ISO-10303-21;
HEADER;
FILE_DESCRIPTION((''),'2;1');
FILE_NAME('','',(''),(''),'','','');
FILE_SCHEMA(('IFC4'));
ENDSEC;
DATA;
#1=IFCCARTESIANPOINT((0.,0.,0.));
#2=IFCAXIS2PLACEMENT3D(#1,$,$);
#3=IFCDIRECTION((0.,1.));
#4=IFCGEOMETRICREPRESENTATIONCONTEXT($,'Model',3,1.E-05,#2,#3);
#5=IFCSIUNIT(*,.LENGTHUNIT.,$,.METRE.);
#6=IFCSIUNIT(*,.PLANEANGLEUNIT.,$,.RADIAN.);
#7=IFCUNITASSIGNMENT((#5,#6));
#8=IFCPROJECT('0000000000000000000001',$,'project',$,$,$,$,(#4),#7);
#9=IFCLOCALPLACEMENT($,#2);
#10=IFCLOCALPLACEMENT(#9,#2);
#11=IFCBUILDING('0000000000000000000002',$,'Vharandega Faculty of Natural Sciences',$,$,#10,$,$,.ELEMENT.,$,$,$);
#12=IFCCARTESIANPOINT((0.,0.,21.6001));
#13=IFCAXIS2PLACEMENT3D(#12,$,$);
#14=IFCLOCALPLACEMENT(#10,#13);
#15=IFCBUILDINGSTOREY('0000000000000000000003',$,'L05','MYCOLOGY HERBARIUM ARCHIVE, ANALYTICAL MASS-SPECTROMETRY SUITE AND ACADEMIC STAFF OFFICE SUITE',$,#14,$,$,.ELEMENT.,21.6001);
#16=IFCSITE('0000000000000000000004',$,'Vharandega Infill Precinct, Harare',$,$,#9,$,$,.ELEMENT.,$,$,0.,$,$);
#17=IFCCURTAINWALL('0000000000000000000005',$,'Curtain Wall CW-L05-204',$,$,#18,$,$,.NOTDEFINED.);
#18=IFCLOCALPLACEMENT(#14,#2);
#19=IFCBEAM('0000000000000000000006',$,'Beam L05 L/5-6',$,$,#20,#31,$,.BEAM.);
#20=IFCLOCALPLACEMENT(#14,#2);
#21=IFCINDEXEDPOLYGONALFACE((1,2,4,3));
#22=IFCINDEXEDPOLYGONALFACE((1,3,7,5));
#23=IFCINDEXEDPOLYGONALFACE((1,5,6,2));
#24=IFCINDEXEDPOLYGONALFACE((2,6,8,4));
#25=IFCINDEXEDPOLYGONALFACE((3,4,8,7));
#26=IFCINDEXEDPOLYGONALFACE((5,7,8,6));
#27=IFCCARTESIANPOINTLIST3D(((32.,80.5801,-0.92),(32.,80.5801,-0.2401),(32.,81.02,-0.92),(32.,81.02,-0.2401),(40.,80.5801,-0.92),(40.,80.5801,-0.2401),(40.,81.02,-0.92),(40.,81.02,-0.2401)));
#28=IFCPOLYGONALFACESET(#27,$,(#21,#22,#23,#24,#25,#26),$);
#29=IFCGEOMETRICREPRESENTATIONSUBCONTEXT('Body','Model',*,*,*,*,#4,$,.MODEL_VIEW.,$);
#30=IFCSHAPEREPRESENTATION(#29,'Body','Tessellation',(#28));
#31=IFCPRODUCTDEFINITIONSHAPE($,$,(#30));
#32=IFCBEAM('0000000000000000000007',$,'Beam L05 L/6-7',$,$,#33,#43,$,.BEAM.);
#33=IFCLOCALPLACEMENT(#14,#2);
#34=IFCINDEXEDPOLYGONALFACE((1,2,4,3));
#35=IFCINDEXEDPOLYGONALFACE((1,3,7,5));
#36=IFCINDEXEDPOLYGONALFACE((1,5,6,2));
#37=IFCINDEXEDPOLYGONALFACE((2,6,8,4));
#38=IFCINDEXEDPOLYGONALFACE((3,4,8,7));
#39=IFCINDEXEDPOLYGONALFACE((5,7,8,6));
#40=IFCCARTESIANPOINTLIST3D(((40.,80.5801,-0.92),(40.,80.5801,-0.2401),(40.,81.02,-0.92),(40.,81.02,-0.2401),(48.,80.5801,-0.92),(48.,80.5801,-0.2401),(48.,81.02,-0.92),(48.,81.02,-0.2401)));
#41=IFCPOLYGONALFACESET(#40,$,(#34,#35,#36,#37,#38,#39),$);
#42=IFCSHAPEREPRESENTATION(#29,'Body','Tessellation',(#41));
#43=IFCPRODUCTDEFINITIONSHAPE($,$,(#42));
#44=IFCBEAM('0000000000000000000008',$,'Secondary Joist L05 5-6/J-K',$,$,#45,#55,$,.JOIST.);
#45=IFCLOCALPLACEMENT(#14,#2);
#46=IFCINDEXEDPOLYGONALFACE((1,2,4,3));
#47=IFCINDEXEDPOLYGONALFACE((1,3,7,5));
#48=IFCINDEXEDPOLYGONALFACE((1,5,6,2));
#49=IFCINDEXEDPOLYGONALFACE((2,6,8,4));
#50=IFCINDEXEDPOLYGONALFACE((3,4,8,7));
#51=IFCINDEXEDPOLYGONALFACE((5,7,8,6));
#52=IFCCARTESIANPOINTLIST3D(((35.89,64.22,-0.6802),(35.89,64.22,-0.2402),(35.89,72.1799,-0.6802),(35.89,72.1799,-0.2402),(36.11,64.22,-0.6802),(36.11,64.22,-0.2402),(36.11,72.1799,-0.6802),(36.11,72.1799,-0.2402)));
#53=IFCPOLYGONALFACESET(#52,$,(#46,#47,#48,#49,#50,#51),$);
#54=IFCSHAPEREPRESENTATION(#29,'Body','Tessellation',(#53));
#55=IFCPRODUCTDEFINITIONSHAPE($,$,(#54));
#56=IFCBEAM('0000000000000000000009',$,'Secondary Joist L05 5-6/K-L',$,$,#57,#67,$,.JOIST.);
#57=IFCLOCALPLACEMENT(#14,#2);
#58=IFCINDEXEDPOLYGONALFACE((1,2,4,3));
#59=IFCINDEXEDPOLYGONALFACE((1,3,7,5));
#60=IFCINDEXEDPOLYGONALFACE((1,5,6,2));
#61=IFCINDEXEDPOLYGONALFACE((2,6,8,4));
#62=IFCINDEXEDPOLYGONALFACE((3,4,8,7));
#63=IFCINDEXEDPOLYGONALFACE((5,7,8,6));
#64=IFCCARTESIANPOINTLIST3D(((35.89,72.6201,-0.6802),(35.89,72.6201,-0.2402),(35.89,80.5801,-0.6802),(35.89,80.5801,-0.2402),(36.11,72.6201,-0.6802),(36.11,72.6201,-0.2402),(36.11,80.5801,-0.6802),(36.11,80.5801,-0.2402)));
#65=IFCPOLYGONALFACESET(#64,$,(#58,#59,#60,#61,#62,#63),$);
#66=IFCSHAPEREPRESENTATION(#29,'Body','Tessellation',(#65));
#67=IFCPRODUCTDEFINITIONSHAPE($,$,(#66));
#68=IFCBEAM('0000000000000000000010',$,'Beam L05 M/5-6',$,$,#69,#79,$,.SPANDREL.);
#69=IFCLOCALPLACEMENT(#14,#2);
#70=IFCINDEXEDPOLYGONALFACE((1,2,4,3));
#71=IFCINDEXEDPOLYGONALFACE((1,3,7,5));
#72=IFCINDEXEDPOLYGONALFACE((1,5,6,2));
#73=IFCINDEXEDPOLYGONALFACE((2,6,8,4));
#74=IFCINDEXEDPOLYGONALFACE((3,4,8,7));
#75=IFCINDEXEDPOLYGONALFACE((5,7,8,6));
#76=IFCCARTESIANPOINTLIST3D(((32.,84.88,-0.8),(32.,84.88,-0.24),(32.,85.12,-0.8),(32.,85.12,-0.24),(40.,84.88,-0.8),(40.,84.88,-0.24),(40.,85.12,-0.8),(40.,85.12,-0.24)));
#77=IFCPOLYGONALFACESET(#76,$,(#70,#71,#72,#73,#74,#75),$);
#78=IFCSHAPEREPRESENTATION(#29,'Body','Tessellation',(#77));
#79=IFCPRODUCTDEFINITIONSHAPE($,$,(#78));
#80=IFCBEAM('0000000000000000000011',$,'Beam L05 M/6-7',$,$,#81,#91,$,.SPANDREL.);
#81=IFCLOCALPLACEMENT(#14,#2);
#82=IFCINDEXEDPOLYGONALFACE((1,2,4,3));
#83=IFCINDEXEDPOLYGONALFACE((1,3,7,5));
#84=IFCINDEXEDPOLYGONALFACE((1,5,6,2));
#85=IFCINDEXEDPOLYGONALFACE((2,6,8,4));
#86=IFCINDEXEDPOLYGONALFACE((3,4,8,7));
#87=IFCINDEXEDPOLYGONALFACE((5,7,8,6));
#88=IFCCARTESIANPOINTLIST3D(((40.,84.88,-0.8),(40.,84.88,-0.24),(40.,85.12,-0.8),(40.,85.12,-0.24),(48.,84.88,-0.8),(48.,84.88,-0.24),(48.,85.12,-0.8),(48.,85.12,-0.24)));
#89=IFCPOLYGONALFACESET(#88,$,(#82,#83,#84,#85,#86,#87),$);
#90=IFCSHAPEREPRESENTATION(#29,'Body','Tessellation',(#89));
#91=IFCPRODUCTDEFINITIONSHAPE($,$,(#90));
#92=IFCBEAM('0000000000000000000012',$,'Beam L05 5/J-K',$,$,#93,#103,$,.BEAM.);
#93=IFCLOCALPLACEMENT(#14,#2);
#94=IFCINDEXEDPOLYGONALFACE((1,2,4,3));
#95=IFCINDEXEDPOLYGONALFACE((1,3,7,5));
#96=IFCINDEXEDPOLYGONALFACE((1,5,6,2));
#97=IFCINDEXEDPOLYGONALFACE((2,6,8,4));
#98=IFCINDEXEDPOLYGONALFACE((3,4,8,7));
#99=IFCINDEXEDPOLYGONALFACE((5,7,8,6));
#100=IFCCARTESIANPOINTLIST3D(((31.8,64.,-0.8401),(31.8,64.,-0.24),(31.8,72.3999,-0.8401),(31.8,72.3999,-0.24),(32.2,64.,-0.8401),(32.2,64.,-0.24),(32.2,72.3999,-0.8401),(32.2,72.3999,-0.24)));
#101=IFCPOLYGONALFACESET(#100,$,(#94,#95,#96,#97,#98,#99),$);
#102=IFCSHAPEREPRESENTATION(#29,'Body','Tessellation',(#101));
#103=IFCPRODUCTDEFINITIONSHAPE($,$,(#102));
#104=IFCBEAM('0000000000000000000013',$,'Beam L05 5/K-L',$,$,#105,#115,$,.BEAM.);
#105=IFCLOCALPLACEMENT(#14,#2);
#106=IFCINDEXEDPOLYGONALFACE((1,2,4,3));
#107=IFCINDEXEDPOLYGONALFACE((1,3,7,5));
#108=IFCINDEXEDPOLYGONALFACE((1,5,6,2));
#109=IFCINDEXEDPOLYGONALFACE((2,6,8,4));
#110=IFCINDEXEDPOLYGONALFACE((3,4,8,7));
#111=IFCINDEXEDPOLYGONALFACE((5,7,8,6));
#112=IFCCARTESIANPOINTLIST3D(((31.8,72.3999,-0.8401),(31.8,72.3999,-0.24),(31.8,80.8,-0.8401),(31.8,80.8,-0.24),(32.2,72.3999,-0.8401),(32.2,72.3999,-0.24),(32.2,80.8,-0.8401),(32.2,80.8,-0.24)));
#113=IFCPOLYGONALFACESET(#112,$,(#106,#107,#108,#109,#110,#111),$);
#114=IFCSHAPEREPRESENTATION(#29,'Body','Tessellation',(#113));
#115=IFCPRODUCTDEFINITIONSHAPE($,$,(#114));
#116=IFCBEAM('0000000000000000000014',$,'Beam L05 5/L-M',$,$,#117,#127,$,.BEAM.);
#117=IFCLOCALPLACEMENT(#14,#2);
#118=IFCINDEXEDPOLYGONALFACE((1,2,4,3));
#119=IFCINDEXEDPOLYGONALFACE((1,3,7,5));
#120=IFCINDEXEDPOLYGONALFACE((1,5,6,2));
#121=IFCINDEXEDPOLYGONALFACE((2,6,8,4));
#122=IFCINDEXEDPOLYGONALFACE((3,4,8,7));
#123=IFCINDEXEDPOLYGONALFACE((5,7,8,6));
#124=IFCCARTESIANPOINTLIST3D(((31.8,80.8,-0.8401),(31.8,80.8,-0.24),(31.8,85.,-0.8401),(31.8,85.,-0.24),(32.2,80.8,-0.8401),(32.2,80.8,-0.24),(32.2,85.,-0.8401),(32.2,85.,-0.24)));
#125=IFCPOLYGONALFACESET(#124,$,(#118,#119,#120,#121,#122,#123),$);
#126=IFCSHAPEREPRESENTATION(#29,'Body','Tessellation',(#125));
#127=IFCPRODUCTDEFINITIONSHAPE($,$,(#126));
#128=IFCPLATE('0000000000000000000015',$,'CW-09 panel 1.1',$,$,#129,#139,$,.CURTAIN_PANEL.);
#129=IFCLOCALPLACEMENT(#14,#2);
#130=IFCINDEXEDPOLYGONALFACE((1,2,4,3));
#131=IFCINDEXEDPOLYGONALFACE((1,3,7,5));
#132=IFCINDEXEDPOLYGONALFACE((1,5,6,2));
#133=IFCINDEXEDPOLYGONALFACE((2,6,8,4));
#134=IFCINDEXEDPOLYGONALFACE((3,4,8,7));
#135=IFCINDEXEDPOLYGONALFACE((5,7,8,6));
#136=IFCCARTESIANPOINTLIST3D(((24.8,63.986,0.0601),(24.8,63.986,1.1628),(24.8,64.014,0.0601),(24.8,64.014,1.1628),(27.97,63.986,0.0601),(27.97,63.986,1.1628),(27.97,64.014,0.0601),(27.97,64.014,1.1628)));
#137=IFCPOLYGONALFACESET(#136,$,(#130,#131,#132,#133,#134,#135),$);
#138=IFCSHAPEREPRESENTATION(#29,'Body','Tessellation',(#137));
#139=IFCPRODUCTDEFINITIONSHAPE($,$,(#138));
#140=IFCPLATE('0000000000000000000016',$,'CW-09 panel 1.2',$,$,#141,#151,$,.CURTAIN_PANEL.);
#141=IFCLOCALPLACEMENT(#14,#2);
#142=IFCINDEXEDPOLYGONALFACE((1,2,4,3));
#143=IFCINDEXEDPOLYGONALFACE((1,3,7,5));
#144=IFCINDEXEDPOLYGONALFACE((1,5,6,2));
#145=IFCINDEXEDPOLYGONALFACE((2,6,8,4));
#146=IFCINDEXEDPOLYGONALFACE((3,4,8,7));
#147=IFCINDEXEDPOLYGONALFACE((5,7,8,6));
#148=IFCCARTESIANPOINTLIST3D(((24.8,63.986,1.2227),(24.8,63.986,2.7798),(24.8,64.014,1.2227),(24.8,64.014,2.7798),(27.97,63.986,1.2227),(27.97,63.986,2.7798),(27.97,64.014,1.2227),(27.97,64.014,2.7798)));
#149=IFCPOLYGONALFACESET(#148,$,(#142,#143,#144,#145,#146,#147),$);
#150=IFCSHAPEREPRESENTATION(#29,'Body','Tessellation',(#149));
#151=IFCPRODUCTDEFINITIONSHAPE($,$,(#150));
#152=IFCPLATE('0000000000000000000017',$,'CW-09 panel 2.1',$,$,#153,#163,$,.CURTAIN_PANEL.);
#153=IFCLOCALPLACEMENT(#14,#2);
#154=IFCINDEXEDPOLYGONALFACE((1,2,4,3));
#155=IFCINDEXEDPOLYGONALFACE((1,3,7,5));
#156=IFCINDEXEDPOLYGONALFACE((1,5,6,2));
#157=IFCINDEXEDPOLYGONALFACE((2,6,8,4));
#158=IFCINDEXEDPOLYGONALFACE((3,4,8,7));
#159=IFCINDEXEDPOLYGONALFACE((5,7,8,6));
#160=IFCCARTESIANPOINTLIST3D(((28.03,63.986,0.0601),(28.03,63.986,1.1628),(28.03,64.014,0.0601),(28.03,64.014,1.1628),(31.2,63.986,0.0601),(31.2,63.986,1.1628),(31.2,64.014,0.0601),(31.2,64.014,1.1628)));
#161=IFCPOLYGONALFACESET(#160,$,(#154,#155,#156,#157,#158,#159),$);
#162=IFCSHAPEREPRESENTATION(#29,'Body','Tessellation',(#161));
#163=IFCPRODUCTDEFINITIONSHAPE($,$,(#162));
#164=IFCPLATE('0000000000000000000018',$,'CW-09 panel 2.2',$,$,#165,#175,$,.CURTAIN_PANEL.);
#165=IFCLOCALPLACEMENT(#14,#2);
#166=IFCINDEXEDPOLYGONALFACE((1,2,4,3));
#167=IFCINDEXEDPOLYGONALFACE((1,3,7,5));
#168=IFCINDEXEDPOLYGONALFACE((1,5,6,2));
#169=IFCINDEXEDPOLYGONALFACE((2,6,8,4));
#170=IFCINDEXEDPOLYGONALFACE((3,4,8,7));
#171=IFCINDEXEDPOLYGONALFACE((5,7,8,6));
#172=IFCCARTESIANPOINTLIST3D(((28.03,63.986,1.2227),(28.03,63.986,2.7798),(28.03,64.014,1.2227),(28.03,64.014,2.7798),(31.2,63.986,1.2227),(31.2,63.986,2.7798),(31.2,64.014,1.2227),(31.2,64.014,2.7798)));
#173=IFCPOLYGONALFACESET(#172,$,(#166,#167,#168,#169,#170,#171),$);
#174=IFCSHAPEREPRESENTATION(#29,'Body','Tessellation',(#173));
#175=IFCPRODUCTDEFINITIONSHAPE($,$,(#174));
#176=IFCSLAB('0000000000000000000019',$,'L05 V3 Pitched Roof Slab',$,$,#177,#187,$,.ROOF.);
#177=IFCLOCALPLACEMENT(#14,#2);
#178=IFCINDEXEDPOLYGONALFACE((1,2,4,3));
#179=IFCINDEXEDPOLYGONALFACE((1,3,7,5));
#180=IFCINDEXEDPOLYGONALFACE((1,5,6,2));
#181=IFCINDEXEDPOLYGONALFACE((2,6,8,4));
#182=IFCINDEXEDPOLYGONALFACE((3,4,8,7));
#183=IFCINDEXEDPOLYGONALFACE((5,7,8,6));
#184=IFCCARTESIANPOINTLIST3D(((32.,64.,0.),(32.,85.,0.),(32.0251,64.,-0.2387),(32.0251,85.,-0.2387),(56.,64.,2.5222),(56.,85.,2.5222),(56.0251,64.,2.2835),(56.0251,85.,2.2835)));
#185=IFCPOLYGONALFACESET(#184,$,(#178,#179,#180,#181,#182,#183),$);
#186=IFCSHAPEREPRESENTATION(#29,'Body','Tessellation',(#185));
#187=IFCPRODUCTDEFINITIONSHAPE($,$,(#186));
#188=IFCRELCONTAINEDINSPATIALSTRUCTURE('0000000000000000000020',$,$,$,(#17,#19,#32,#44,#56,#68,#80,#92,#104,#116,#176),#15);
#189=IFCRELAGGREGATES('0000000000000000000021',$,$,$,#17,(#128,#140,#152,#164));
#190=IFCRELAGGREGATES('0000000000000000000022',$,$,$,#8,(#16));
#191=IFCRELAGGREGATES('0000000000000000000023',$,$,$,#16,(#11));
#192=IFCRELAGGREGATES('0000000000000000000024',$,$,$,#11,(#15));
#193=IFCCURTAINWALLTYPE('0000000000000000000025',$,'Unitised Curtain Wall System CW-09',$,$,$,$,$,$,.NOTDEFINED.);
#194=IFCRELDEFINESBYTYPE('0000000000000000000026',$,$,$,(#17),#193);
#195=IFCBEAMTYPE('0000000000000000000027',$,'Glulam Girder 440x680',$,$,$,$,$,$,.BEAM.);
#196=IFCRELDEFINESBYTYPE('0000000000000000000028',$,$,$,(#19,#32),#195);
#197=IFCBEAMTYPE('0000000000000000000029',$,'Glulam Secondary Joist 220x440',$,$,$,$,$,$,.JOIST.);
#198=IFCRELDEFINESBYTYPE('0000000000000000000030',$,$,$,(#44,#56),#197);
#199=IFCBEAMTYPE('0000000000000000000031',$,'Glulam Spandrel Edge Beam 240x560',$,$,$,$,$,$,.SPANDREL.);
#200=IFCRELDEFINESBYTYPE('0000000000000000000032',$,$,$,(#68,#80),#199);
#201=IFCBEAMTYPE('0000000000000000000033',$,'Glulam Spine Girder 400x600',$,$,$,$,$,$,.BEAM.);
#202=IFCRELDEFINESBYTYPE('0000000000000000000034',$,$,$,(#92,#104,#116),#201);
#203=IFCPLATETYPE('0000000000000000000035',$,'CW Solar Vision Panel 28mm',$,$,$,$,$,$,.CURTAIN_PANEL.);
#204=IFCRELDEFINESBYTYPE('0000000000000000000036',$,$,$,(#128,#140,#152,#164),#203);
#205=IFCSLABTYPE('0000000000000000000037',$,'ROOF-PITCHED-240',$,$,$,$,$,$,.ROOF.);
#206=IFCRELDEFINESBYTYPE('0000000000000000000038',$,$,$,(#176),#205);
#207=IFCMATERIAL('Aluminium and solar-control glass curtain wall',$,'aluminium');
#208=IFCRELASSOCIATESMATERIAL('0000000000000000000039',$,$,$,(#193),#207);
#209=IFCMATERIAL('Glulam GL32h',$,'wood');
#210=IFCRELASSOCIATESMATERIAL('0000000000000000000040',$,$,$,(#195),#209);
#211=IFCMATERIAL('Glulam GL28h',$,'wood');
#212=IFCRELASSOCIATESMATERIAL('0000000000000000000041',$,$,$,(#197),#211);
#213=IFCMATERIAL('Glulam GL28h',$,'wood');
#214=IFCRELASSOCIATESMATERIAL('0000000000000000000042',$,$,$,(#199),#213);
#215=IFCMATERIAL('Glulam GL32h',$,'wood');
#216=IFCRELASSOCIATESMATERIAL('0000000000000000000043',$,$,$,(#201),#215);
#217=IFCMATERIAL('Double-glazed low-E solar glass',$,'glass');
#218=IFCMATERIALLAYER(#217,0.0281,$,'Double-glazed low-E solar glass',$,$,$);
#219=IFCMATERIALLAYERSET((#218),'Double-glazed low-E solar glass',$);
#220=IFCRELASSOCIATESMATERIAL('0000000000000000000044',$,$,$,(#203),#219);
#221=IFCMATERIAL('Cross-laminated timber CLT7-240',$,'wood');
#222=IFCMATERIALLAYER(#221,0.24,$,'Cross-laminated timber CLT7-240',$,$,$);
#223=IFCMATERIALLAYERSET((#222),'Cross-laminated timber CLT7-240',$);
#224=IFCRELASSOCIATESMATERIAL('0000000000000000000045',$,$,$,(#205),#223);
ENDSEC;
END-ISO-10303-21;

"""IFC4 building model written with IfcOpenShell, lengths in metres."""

from ifc_helpers import new_model, si_unit, direction, frame, origin, origin_2d, place, context, subcontext, project, spatial, polyline, rectangle, outline, extrude, material, layer, layer_set, material_profile, profile_set, type_object, element, aggregate, save


model = new_model("IFC4")

# Units and contexts
model_context = context("Model", 3, precision=1e-05, world=origin(), true_north=direction((0.0, 1.0)))
body_context = subcontext(model_context, "Body", "Model", "MODEL_VIEW")
ifc_project = project(units=[si_unit("LENGTHUNIT", "METRE"), si_unit("PLANEANGLEUNIT", "RADIAN")], contexts=[model_context])

# Site, building, storey
site_placement = place(None, origin())
site = spatial("IfcSite", under=ifc_project, at=site_placement, Name="Vharandega Infill Precinct, Harare", CompositionType="ELEMENT", RefElevation=0.0)
building_placement = place(site_placement, origin())
building = spatial("IfcBuilding", under=site, at=building_placement, Name="Vharandega Faculty of Natural Sciences", CompositionType="ELEMENT")
storey_placement = place(building_placement, frame((0.0, 0.0, 21.6001)))
storey = spatial("IfcBuildingStorey", under=building, at=storey_placement, Name="L05", Description="MYCOLOGY HERBARIUM ARCHIVE, ANALYTICAL MASS-SPECTROMETRY SUITE AND ACADEMIC STAFF OFFICE SUITE", CompositionType="ELEMENT", Elevation=21.6001)

# Curtain wall
ifc_material_1 = material(Name="Aluminium and solar-control glass curtain wall", Category="aluminium")
curtain_wall_type = type_object("IfcCurtainWallType", Name="Unitised Curtain Wall System CW-09", PredefinedType="NOTDEFINED", material=ifc_material_1)
curtain_wall_placement = place(storey_placement, origin())
curtain_wall = element("IfcCurtainWall", 1, at=curtain_wall_placement, inside=storey, type_object=curtain_wall_type, Name="Curtain Wall CW-L05-204", PredefinedType="NOTDEFINED")

# Beams
ifc_material_2 = material(Name="Glulam GL32h", Category="wood")
ifc_material_profile_1 = material_profile(ifc_material_2, rectangle(XDim=0.4399, YDim=0.6799, at=origin_2d()), Name="GL32h 440x680")
ifc_profile_set_1 = profile_set([ifc_material_profile_1], Name="Glulam GL32h")
beam_type_1 = type_object("IfcBeamType", Name="Glulam Girder 440x680", PredefinedType="BEAM", material=ifc_profile_set_1)
for number, where, z_axis, x_axis, name in (
    (2, (32.0, 80.8, -0.5801), (1.0, 0.0, 0.0), (0.0, 1.0, 0.0), "Beam L05 L/5-6"),
    (3, (40.0, 80.8, -0.5801), (1.0, 0.0, 0.0), (0.0, 1.0, 0.0), "Beam L05 L/6-7"),
):
    element("IfcBeam", number, at=place(storey_placement, frame(where, z_axis=z_axis, x_axis=x_axis)), inside=storey, type_object=beam_type_1, Name=name, PredefinedType="BEAM", context=body_context, shape_type="SweptSolid", body=[
        extrude(rectangle(XDim=0.4399, YDim=0.6799, at=origin_2d()), origin(), (0.0, 0.0, 1.0), 8.0),
    ])
ifc_material_3 = material(Name="Glulam GL28h", Category="wood")
ifc_material_profile_2 = material_profile(ifc_material_3, rectangle(XDim=0.22, YDim=0.4399, at=origin_2d()), Name="GL28h 220x440")
ifc_profile_set_2 = profile_set([ifc_material_profile_2], Name="Glulam GL28h")
beam_type_2 = type_object("IfcBeamType", Name="Glulam Secondary Joist 220x440", PredefinedType="JOIST", material=ifc_profile_set_2)
for number, where, z_axis, x_axis, name in (
    (4, (36.0, 64.22, -0.4602), (0.0, 1.0, 0.0), (-1.0, 0.0, 0.0), "Secondary Joist L05 5-6/J-K"),
    (5, (36.0, 72.6201, -0.4602), (0.0, 1.0, 0.0), (-1.0, 0.0, 0.0), "Secondary Joist L05 5-6/K-L"),
):
    element("IfcBeam", number, at=place(storey_placement, frame(where, z_axis=z_axis, x_axis=x_axis)), inside=storey, type_object=beam_type_2, Name=name, PredefinedType="JOIST", context=body_context, shape_type="SweptSolid", body=[
        extrude(rectangle(XDim=0.22, YDim=0.4399, at=origin_2d()), origin(), (0.0, 0.0, 1.0), 7.96),
    ])
ifc_material_4 = material(Name="Glulam GL28h", Category="wood")
ifc_material_profile_3 = material_profile(ifc_material_4, rectangle(XDim=0.24, YDim=0.5601, at=origin_2d()), Name="GL28h 240x560")
ifc_profile_set_3 = profile_set([ifc_material_profile_3], Name="Glulam GL28h")
beam_type_3 = type_object("IfcBeamType", Name="Glulam Spandrel Edge Beam 240x560", PredefinedType="SPANDREL", material=ifc_profile_set_3)
for number, where, z_axis, x_axis, name in (
    (6, (32.0, 85.0, -0.52), (1.0, 0.0, 0.0), (0.0, 1.0, 0.0), "Beam L05 M/5-6"),
    (7, (40.0, 85.0, -0.52), (1.0, 0.0, 0.0), (0.0, 1.0, 0.0), "Beam L05 M/6-7"),
):
    element("IfcBeam", number, at=place(storey_placement, frame(where, z_axis=z_axis, x_axis=x_axis)), inside=storey, type_object=beam_type_3, Name=name, PredefinedType="SPANDREL", context=body_context, shape_type="SweptSolid", body=[
        extrude(rectangle(XDim=0.24, YDim=0.5601, at=origin_2d()), origin(), (0.0, 0.0, 1.0), 8.0),
    ])
ifc_material_5 = material(Name="Glulam GL32h", Category="wood")
ifc_material_profile_4 = material_profile(ifc_material_5, rectangle(XDim=0.3999, YDim=0.6001, at=origin_2d()), Name="GL32h 400x600")
ifc_profile_set_4 = profile_set([ifc_material_profile_4], Name="Glulam GL32h")
beam_type_4 = type_object("IfcBeamType", Name="Glulam Spine Girder 400x600", PredefinedType="BEAM", material=ifc_profile_set_4)
beam_1_placement = place(storey_placement, frame((32.0, 64.0, -0.54), z_axis=(0.0, 1.0, 0.0), x_axis=(-1.0, 0.0, 0.0)))
element("IfcBeam", 8, at=beam_1_placement, inside=storey, type_object=beam_type_4, Name="Beam L05 5/J-K", PredefinedType="BEAM", context=body_context, shape_type="SweptSolid", body=[
    extrude(rectangle(XDim=0.3999, YDim=0.6001, at=origin_2d()), origin(), (0.0, 0.0, 1.0), 8.3999),
])
beam_2_placement = place(storey_placement, frame((32.0, 72.3999, -0.54), z_axis=(0.0, 1.0, 0.0), x_axis=(-1.0, 0.0, 0.0)))
element("IfcBeam", 9, at=beam_2_placement, inside=storey, type_object=beam_type_4, Name="Beam L05 5/K-L", PredefinedType="BEAM", context=body_context, shape_type="SweptSolid", body=[
    extrude(rectangle(XDim=0.3999, YDim=0.6001, at=origin_2d()), origin(), (0.0, 0.0, 1.0), 8.4001),
])
beam_3_placement = place(storey_placement, frame((32.0, 80.8, -0.54), z_axis=(0.0, 1.0, 0.0), x_axis=(-1.0, 0.0, 0.0)))
element("IfcBeam", 10, at=beam_3_placement, inside=storey, type_object=beam_type_4, Name="Beam L05 5/L-M", PredefinedType="BEAM", context=body_context, shape_type="SweptSolid", body=[
    extrude(rectangle(XDim=0.3999, YDim=0.6001, at=origin_2d()), origin(), (0.0, 0.0, 1.0), 4.2),
])

# Plates
ifc_material_6 = material(Name="Double-glazed low-E solar glass", Category="glass")
ifc_layer_1 = layer(ifc_material_6, 0.0281, Name="Double-glazed low-E solar glass")
ifc_layer_set_1 = layer_set([ifc_layer_1], Name="Double-glazed low-E solar glass")
plate_type = type_object("IfcPlateType", Name="CW Solar Vision Panel 28mm", PredefinedType="CURTAIN_PANEL", material=ifc_layer_set_1)
plate_1_placement = place(storey_placement, frame((26.385, 64.0, 0.0601), z_axis=(0.0, 0.0, 1.0), x_axis=(1.0, 0.0, 0.0)))
plate_1 = element("IfcPlate", 11, at=plate_1_placement, type_object=plate_type, Name="CW-09 panel 1.1", PredefinedType="CURTAIN_PANEL", context=body_context, shape_type="SweptSolid", body=[
    extrude(rectangle(XDim=3.1699, YDim=0.0281, at=origin_2d()), origin(), (0.0, 0.0, 1.0), 1.1028),
])
plate_2_placement = place(storey_placement, frame((26.385, 64.0, 1.2227), z_axis=(0.0, 0.0, 1.0), x_axis=(1.0, 0.0, 0.0)))
plate_2 = element("IfcPlate", 12, at=plate_2_placement, type_object=plate_type, Name="CW-09 panel 1.2", PredefinedType="CURTAIN_PANEL", context=body_context, shape_type="SweptSolid", body=[
    extrude(rectangle(XDim=3.1699, YDim=0.0281, at=origin_2d()), origin(), (0.0, 0.0, 1.0), 1.5571),
])
plate_3_placement = place(storey_placement, frame((29.615, 64.0, 0.0601), z_axis=(0.0, 0.0, 1.0), x_axis=(1.0, 0.0, 0.0)))
plate_3 = element("IfcPlate", 13, at=plate_3_placement, type_object=plate_type, Name="CW-09 panel 2.1", PredefinedType="CURTAIN_PANEL", context=body_context, shape_type="SweptSolid", body=[
    extrude(rectangle(XDim=3.1699, YDim=0.0281, at=origin_2d()), origin(), (0.0, 0.0, 1.0), 1.1028),
])
plate_4_placement = place(storey_placement, frame((29.615, 64.0, 1.2227), z_axis=(0.0, 0.0, 1.0), x_axis=(1.0, 0.0, 0.0)))
plate_4 = element("IfcPlate", 14, at=plate_4_placement, type_object=plate_type, Name="CW-09 panel 2.2", PredefinedType="CURTAIN_PANEL", context=body_context, shape_type="SweptSolid", body=[
    extrude(rectangle(XDim=3.1699, YDim=0.0281, at=origin_2d()), origin(), (0.0, 0.0, 1.0), 1.5571),
])
aggregate(curtain_wall, [plate_1, plate_2, plate_3, plate_4])

# Slab
ifc_material_7 = material(Name="Cross-laminated timber CLT7-240", Category="wood")
ifc_layer_2 = layer(ifc_material_7, 0.24, Name="Cross-laminated timber CLT7-240")
ifc_layer_set_2 = layer_set([ifc_layer_2], Name="Cross-laminated timber CLT7-240")
slab_type = type_object("IfcSlabType", Name="ROOF-PITCHED-240", PredefinedType="ROOF", material=ifc_layer_set_2)
slab_placement = place(storey_placement, frame((32.0, 64.0, 0.0), z_axis=(-0.104517, 0.0, 0.994523), x_axis=(0.994523, 0.0, 0.104517)))
element("IfcSlab", 15, at=slab_placement, inside=storey, type_object=slab_type, Name="L05 V3 Pitched Roof Slab", PredefinedType="ROOF", context=body_context, shape_type="SweptSolid", body=[
    extrude(outline(polyline([(0.0, 0.0), (24.1322, 0.0), (24.1322, 21.0), (0.0, 21.0), (0.0, 0.0)])), origin(), (0.0, 0.0, -1.0), 0.24),
])

save(model, "model.ifc")
